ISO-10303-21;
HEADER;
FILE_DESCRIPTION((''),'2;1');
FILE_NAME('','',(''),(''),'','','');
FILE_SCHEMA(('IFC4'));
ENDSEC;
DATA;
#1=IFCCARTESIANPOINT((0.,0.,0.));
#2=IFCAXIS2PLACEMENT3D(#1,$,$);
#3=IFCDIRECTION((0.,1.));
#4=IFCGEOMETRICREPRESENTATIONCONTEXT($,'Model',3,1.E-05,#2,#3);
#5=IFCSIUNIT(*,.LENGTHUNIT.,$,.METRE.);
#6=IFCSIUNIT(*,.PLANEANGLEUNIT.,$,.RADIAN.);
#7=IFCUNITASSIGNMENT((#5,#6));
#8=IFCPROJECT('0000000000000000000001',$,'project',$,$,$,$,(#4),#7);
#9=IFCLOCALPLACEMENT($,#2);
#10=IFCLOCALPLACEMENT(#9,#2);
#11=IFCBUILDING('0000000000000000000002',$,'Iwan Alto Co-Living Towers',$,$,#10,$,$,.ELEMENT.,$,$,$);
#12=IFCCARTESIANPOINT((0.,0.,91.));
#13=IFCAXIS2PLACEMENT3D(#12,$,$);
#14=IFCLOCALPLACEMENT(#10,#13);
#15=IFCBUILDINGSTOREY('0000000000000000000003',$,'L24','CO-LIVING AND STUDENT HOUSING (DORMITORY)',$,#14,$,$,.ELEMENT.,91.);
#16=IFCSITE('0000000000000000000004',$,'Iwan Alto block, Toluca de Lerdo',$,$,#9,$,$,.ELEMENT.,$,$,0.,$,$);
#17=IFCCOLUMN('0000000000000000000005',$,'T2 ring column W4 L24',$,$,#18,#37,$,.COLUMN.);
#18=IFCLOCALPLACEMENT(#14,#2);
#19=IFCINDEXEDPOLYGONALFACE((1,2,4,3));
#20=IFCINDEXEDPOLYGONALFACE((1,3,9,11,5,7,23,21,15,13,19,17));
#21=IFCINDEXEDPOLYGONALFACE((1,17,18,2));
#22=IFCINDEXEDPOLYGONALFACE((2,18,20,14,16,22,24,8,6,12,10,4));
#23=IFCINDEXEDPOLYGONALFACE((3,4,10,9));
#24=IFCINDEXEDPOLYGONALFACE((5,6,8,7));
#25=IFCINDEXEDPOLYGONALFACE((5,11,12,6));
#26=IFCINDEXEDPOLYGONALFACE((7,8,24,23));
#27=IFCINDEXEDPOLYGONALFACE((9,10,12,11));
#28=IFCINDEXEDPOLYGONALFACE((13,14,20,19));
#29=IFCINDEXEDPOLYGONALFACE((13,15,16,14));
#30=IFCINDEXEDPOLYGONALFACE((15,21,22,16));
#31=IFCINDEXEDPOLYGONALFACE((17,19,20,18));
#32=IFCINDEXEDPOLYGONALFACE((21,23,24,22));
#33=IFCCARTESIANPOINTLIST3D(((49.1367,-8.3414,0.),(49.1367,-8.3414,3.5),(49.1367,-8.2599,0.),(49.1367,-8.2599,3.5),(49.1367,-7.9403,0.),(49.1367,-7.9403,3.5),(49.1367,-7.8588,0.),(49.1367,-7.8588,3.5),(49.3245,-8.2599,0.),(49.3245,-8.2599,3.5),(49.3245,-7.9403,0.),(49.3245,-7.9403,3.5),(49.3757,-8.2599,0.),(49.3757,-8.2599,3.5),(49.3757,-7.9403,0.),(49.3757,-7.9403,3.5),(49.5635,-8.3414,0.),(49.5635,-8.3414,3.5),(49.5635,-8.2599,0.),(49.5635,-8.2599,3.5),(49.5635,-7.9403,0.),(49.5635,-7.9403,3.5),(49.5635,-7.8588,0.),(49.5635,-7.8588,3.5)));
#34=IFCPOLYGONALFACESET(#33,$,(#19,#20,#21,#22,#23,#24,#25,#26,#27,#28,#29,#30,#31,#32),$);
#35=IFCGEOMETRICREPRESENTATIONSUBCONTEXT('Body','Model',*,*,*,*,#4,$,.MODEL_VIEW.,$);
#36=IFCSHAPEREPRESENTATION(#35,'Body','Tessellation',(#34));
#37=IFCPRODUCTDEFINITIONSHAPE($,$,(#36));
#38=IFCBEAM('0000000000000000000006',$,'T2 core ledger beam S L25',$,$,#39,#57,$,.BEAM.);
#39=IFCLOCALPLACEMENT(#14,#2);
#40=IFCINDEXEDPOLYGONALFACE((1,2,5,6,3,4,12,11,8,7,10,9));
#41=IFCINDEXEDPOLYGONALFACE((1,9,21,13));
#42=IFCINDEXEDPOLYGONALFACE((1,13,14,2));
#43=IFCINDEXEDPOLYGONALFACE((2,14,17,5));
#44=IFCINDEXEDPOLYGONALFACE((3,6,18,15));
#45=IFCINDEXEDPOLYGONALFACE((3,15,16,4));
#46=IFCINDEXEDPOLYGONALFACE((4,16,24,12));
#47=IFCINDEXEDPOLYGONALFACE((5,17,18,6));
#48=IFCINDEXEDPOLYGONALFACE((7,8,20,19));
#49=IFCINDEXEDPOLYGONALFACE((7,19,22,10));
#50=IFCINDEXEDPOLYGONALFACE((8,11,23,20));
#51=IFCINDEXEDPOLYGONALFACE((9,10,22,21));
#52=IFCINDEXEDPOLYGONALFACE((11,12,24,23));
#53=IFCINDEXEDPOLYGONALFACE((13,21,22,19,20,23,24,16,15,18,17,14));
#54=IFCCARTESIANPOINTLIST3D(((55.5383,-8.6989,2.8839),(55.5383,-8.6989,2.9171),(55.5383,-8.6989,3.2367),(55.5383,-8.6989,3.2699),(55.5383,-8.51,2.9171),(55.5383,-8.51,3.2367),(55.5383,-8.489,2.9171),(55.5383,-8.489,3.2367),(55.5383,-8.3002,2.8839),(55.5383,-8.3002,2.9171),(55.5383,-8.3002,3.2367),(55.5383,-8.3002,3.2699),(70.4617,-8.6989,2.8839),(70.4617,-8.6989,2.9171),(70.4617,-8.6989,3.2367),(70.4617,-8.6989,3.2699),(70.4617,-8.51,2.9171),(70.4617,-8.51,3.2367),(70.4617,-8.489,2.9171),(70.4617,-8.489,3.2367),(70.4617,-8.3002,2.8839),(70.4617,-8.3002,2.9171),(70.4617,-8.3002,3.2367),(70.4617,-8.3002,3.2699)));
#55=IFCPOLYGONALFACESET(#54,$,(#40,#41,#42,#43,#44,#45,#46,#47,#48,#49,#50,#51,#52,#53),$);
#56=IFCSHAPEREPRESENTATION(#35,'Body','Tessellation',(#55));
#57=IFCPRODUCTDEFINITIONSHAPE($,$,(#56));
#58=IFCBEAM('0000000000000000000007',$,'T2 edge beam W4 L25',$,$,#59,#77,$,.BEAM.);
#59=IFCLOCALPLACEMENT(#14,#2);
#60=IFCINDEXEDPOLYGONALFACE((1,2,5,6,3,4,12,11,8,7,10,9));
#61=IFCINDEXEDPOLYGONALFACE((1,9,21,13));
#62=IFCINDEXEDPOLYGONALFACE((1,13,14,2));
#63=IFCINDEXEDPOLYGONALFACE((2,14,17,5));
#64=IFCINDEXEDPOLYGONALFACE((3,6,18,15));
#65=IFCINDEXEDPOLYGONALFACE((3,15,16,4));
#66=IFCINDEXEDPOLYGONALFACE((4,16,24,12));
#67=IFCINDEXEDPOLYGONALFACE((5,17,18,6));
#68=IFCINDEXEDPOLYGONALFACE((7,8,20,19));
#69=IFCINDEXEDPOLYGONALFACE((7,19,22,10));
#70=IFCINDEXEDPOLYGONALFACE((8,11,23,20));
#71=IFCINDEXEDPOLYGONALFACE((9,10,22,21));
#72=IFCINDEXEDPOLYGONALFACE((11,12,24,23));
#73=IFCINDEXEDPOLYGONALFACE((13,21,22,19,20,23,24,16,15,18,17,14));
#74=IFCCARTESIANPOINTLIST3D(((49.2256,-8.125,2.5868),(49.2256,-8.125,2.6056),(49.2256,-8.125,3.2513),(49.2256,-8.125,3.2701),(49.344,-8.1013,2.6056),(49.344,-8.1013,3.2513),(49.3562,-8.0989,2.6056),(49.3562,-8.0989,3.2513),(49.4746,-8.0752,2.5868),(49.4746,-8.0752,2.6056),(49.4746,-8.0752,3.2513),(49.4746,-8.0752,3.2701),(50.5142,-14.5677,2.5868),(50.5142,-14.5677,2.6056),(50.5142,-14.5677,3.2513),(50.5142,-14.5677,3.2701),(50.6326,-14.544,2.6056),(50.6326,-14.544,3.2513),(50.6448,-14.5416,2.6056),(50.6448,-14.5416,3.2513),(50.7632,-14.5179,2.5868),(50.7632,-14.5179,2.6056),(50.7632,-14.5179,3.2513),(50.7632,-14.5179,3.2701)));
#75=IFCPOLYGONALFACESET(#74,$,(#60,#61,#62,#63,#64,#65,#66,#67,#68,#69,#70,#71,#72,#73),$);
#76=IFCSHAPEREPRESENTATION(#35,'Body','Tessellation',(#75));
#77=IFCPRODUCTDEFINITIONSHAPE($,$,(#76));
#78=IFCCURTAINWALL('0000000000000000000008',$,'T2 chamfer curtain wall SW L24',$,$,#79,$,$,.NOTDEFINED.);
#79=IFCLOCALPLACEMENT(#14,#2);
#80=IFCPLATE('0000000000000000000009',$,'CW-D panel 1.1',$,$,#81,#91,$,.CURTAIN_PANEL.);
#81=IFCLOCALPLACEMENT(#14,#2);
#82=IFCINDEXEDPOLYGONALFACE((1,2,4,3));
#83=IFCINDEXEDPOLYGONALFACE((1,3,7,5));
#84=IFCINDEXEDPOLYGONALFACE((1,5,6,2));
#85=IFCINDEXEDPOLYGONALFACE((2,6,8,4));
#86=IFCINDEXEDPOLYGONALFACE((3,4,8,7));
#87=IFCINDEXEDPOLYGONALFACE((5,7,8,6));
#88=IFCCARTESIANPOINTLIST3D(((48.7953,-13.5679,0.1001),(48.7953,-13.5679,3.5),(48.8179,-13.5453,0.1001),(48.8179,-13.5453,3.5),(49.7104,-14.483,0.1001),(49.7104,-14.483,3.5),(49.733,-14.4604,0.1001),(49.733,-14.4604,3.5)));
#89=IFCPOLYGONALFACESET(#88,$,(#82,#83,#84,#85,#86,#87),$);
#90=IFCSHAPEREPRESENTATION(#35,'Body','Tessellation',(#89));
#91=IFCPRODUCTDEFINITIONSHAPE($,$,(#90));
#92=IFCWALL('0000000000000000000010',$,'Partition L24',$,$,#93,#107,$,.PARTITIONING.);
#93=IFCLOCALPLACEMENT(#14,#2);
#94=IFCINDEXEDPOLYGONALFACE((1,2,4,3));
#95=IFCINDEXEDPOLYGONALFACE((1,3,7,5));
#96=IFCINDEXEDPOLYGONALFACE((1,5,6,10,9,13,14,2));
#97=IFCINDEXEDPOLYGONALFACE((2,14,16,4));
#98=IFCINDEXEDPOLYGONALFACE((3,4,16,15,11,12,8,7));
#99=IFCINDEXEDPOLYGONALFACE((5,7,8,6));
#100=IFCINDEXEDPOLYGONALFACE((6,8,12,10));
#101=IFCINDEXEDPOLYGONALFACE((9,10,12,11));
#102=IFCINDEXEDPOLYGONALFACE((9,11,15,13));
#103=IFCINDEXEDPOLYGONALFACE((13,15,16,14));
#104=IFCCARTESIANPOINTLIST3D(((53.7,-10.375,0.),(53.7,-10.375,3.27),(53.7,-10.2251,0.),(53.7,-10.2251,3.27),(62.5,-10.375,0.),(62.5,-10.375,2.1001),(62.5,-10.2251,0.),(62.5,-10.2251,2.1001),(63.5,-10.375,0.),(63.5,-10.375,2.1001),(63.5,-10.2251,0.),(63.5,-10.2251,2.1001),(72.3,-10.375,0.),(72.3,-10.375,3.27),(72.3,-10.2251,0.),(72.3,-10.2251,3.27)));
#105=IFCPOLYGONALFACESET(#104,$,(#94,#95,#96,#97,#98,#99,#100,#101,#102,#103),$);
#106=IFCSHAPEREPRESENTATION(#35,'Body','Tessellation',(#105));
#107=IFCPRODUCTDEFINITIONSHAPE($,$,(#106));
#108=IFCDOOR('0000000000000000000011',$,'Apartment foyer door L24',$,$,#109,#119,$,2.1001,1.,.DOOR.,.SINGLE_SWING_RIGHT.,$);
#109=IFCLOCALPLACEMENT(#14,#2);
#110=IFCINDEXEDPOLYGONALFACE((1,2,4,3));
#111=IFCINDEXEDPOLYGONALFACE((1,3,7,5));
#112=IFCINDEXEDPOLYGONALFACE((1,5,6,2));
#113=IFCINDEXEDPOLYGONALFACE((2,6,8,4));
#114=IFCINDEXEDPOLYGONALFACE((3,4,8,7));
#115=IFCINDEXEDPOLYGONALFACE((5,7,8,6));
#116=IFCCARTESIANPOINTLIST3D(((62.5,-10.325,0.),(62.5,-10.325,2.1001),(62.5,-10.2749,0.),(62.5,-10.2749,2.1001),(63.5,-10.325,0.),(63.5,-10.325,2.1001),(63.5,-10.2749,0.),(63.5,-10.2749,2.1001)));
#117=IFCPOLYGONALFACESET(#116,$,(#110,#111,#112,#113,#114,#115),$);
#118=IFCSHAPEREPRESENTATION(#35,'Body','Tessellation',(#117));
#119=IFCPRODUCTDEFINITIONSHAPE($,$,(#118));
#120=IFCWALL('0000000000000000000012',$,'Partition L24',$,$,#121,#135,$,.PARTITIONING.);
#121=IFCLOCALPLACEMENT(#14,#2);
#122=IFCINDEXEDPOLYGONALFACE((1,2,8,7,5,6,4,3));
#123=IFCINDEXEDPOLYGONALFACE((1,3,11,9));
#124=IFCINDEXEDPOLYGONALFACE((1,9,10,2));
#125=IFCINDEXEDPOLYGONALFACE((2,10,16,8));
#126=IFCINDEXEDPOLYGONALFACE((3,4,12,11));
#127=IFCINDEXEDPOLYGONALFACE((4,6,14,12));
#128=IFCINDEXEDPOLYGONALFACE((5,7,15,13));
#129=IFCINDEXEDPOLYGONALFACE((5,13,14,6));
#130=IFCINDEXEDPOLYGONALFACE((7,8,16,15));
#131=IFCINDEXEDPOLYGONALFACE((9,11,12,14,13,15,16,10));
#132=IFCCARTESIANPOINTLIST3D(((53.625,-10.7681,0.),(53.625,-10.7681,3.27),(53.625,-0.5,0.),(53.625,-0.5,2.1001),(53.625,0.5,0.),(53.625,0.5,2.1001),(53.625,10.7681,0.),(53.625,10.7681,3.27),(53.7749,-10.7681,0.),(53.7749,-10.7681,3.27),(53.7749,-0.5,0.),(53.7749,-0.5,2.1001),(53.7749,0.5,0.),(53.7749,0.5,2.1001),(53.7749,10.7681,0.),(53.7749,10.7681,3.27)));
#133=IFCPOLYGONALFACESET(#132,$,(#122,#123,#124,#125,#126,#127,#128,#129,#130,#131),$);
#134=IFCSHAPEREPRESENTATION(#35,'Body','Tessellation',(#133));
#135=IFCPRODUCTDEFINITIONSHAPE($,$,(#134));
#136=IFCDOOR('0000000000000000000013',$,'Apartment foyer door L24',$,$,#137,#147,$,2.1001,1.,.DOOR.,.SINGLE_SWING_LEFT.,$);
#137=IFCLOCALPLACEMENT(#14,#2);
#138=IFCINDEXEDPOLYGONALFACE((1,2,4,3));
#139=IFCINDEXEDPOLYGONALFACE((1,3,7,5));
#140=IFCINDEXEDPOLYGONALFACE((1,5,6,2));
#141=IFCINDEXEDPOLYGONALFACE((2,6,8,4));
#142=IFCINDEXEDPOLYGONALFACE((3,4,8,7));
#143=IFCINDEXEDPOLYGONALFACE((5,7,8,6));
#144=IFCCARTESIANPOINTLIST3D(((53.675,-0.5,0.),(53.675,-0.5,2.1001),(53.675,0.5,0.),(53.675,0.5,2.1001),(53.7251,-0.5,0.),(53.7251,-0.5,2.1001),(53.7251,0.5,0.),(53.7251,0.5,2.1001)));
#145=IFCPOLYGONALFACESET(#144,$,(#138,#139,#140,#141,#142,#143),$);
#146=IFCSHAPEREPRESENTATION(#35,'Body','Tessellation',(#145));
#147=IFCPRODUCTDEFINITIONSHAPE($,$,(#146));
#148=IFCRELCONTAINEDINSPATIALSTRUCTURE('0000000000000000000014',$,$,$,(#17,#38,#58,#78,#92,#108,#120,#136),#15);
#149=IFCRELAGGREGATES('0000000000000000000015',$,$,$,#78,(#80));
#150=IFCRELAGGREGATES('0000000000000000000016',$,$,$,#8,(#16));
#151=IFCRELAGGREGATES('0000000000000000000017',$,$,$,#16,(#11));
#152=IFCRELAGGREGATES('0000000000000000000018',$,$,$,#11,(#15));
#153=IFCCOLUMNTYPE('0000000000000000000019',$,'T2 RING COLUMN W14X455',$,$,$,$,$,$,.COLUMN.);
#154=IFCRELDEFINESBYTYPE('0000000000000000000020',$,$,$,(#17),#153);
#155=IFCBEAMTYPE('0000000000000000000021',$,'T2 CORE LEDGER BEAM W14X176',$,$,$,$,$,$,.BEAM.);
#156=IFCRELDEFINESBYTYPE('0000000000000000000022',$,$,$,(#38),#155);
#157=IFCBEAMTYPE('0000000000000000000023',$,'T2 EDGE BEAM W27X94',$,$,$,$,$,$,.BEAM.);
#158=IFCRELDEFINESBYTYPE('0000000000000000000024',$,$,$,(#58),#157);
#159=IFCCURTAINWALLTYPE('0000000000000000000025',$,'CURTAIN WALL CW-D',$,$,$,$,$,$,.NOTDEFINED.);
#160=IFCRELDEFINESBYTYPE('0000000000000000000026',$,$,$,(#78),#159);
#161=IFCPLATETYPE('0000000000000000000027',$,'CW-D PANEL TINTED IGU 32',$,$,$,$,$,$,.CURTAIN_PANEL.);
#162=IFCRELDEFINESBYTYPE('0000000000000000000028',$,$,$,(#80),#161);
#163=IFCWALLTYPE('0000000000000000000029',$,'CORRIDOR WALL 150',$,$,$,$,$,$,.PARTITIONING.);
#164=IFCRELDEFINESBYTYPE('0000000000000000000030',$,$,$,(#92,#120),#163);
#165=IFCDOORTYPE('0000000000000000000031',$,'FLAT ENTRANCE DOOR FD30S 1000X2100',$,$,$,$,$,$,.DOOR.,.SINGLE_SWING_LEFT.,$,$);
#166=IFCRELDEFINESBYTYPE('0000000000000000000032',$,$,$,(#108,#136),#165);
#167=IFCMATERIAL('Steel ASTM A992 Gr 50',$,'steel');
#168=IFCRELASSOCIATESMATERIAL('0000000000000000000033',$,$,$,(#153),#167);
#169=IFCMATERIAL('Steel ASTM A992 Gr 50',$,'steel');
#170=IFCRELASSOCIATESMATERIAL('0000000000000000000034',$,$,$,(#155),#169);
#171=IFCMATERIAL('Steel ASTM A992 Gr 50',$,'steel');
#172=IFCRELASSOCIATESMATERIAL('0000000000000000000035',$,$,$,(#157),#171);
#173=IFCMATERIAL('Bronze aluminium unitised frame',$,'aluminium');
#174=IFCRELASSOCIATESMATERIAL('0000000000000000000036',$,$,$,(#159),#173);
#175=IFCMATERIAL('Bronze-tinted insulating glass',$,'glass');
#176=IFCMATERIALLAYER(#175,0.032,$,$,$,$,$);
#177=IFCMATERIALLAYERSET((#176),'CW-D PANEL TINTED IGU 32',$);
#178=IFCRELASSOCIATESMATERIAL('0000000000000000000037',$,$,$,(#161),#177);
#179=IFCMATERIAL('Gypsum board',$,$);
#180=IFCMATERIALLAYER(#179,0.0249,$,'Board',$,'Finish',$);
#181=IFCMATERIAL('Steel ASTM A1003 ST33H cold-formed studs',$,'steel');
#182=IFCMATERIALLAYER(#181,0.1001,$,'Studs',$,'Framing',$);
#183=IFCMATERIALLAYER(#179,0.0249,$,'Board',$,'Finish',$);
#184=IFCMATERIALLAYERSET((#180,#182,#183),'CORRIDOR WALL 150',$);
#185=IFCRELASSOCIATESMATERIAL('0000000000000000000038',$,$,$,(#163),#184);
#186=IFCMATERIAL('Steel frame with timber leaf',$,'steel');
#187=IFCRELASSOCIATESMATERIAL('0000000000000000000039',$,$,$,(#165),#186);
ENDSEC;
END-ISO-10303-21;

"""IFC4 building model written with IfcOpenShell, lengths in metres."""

from ifc_helpers import new_model, si_unit, direction, frame, frame_2d, origin, origin_2d, place, context, subcontext, project, spatial, rectangle, i_section, extrude, material, layer, layer_set, material_profile, profile_set, type_object, element, fill, aggregate, save


model = new_model("IFC4")

# Units and contexts
model_context = context("Model", 3, precision=1e-05, world=origin(), true_north=direction((0.0, 1.0)))
body_context = subcontext(model_context, "Body", "Model", "MODEL_VIEW")
ifc_project = project(units=[si_unit("LENGTHUNIT", "METRE"), si_unit("PLANEANGLEUNIT", "RADIAN")], contexts=[model_context])

# Site, building, storey
site_placement = place(None, origin())
site = spatial("IfcSite", under=ifc_project, at=site_placement, Name="Iwan Alto block, Toluca de Lerdo", CompositionType="ELEMENT", RefElevation=0.0)
building_placement = place(site_placement, origin())
building = spatial("IfcBuilding", under=site, at=building_placement, Name="Iwan Alto Co-Living Towers", CompositionType="ELEMENT")
storey_placement = place(building_placement, frame((0.0, 0.0, 91.0)))
storey = spatial("IfcBuildingStorey", under=building, at=storey_placement, Name="L24", Description="CO-LIVING AND STUDENT HOUSING (DORMITORY)", CompositionType="ELEMENT", Elevation=91.0)

# Column
ifc_material_1 = material(Name="Steel ASTM A992 Gr 50", Category="steel")
ifc_material_profile_1 = material_profile(ifc_material_1, i_section(OverallWidth=0.4268, OverallDepth=0.4827, WebThickness=0.0513, FlangeThickness=0.0815, at=origin_2d()), Name="W14X455")
ifc_profile_set_1 = profile_set([ifc_material_profile_1], Name="Steel ASTM A992 Gr 50")
column_type = type_object("IfcColumnType", Name="T2 RING COLUMN W14X455", PredefinedType="COLUMN", material=ifc_profile_set_1)
column_placement = place(storey_placement, frame((49.3501, -8.1001, 0.0), z_axis=(0.0, 0.0, 1.0), x_axis=(1.0, 0.0, 0.0)))
element("IfcColumn", 1, at=column_placement, inside=storey, type_object=column_type, Name="T2 ring column W4 L24", PredefinedType="COLUMN", context=body_context, shape_type="SweptSolid", body=[
    extrude(i_section(OverallWidth=0.4268, OverallDepth=0.4827, WebThickness=0.0513, FlangeThickness=0.0815, at=origin_2d()), origin(), (0.0, 0.0, 1.0), 3.5),
])

# Beams
ifc_material_2 = material(Name="Steel ASTM A992 Gr 50", Category="steel")
ifc_material_profile_2 = material_profile(ifc_material_2, i_section(OverallWidth=0.3987, OverallDepth=0.386, WebThickness=0.021, FlangeThickness=0.0332, at=origin_2d()), Name="W14X176")
ifc_profile_set_2 = profile_set([ifc_material_profile_2], Name="Steel ASTM A992 Gr 50")
beam_type_1 = type_object("IfcBeamType", Name="T2 CORE LEDGER BEAM W14X176", PredefinedType="BEAM", material=ifc_profile_set_2)
beam_1_placement = place(storey_placement, frame((55.5383, -8.4995, 3.0769), z_axis=(1.0, 0.0, 0.0), x_axis=(0.0, 1.0, 0.0)))
element("IfcBeam", 2, at=beam_1_placement, inside=storey, type_object=beam_type_1, Name="T2 core ledger beam S L25", PredefinedType="BEAM", context=body_context, shape_type="SweptSolid", body=[
    extrude(i_section(OverallWidth=0.3987, OverallDepth=0.386, WebThickness=0.021, FlangeThickness=0.0332, at=origin_2d()), origin(), (0.0, 0.0, 1.0), 14.9233),
])
ifc_material_3 = material(Name="Steel ASTM A992 Gr 50", Category="steel")
ifc_material_profile_3 = material_profile(ifc_material_3, i_section(OverallWidth=0.2539, OverallDepth=0.6833, WebThickness=0.0125, FlangeThickness=0.0188, at=origin_2d()), Name="W27X94")
ifc_profile_set_3 = profile_set([ifc_material_profile_3], Name="Steel ASTM A992 Gr 50")
beam_type_2 = type_object("IfcBeamType", Name="T2 EDGE BEAM W27X94", PredefinedType="BEAM", material=ifc_profile_set_3)
beam_2_placement = place(storey_placement, frame((49.3501, -8.1001, 2.9285), z_axis=(0.196123, -0.980579, 0.0), x_axis=(0.980579, 0.196123, 0.0)))
element("IfcBeam", 3, at=beam_2_placement, inside=storey, type_object=beam_type_2, Name="T2 edge beam W4 L25", PredefinedType="BEAM", context=body_context, shape_type="SweptSolid", body=[
    extrude(i_section(OverallWidth=0.2539, OverallDepth=0.6833, WebThickness=0.0125, FlangeThickness=0.0188, at=origin_2d()), origin(), (0.0, 0.0, 1.0), 6.5703),
])

# Curtain wall, plate
ifc_material_4 = material(Name="Bronze aluminium unitised frame", Category="aluminium")
curtain_wall_type = type_object("IfcCurtainWallType", Name="CURTAIN WALL CW-D", PredefinedType="NOTDEFINED", material=ifc_material_4)
curtain_wall_placement = place(storey_placement, origin())
curtain_wall = element("IfcCurtainWall", 4, at=curtain_wall_placement, inside=storey, type_object=curtain_wall_type, Name="T2 chamfer curtain wall SW L24", PredefinedType="NOTDEFINED")
ifc_material_5 = material(Name="Bronze-tinted insulating glass", Category="glass")
ifc_layer_1 = layer(ifc_material_5, 0.032)
ifc_layer_set_1 = layer_set([ifc_layer_1], Name="CW-D PANEL TINTED IGU 32")
plate_type = type_object("IfcPlateType", Name="CW-D PANEL TINTED IGU 32", PredefinedType="CURTAIN_PANEL", material=ifc_layer_set_1)
plate_placement = place(storey_placement, frame((49.2642, -14.0142, 0.1001), z_axis=(0.0, 0.0, 1.0), x_axis=(0.707107, -0.707107, 0.0)))
plate = element("IfcPlate", 5, at=plate_placement, type_object=plate_type, Name="CW-D panel 1.1", PredefinedType="CURTAIN_PANEL", context=body_context, shape_type="SweptSolid", body=[
    extrude(rectangle(XDim=1.2942, YDim=0.032, at=origin_2d()), origin(), (0.0, 0.0, 1.0), 3.3999),
])
aggregate(curtain_wall, [plate])

# Walls, openings, doors
ifc_material_6 = material(Name="Gypsum board")
ifc_layer_2 = layer(ifc_material_6, 0.0249, Name="Board", Category="Finish")
ifc_material_7 = material(Name="Steel ASTM A1003 ST33H cold-formed studs", Category="steel")
ifc_layer_3 = layer(ifc_material_7, 0.1001, Name="Studs", Category="Framing")
ifc_layer_4 = layer(ifc_material_6, 0.0249, Name="Board", Category="Finish")
ifc_layer_set_2 = layer_set([ifc_layer_2, ifc_layer_3, ifc_layer_4], Name="CORRIDOR WALL 150")
wall_type_1 = type_object("IfcWallType", Name="CORRIDOR WALL 150", PredefinedType="PARTITIONING", material=ifc_layer_set_2)
wall_1_placement = place(storey_placement, frame((53.7, -10.3, 0.0), z_axis=(0.0, 0.0, 1.0), x_axis=(1.0, 0.0, 0.0)))
wall_1 = element("IfcWall", 6, at=wall_1_placement, inside=storey, type_object=wall_type_1, Name="Partition L24", PredefinedType="PARTITIONING", context=body_context, shape_type="SweptSolid", body=[
    extrude(rectangle(XDim=18.6001, YDim=0.1499, at=frame_2d((9.3, 0.0))), origin(), (0.0, 0.0, 1.0), 3.27),
])
opening_1_placement = place(wall_1_placement, frame((8.8, 0.0, 0.0)))
opening_1 = element("IfcOpeningElement", 7, at=opening_1_placement, cuts=wall_1, PredefinedType="OPENING", context=body_context, shape_type="SweptSolid", body=[
    extrude(rectangle(XDim=1.0, YDim=2.1001, at=frame_2d((0.5, 1.05))), frame((0.0, 0.085, 0.0), z_axis=(0.0, -1.0, 0.0), x_axis=(1.0, 0.0, 0.0)), (0.0, 0.0, 1.0), 0.1699),
])
ifc_material_8 = material(Name="Steel frame with timber leaf", Category="steel")
door_type_1 = type_object("IfcDoorType", Name="FLAT ENTRANCE DOOR FD30S 1000X2100", OperationType="SINGLE_SWING_LEFT", PredefinedType="DOOR", material=ifc_material_8)
door_1_placement = place(opening_1_placement, frame((1.0, 0.0, 0.0), z_axis=(0.0, 0.0, 1.0), x_axis=(-1.0, 0.0, 0.0)))
door_1 = element("IfcDoor", 8, at=door_1_placement, inside=storey, type_object=door_type_1, Name="Apartment foyer door L24", OperationType="SINGLE_SWING_RIGHT", OverallHeight=2.1001, OverallWidth=1.0, PredefinedType="DOOR", context=body_context, shape_type="SweptSolid", body=[
    extrude(rectangle(XDim=1.0, YDim=2.1001, at=frame_2d((0.5, 1.05))), frame((0.0, 0.0249, 0.0), z_axis=(0.0, -1.0, 0.0), x_axis=(1.0, 0.0, 0.0)), (0.0, 0.0, 1.0), 0.05),
])
fill(opening_1, door_1)
wall_2_placement = place(storey_placement, frame((53.7, -10.7681, 0.0), z_axis=(0.0, 0.0, 1.0), x_axis=(0.0, 1.0, 0.0)))
wall_2 = element("IfcWall", 9, at=wall_2_placement, inside=storey, type_object=wall_type_1, Name="Partition L24", PredefinedType="PARTITIONING", context=body_context, shape_type="SweptSolid", body=[
    extrude(rectangle(XDim=21.5361, YDim=0.1499, at=frame_2d((10.7681, 0.0))), origin(), (0.0, 0.0, 1.0), 3.27),
])
opening_2_placement = place(wall_2_placement, frame((10.2681, 0.0, 0.0)))
opening_2 = element("IfcOpeningElement", 10, at=opening_2_placement, cuts=wall_2, PredefinedType="OPENING", context=body_context, shape_type="SweptSolid", body=[
    extrude(rectangle(XDim=1.0, YDim=2.1001, at=frame_2d((0.5, 1.05))), frame((0.0, 0.085, 0.0), z_axis=(0.0, -1.0, 0.0), x_axis=(1.0, 0.0, 0.0)), (0.0, 0.0, 1.0), 0.1699),
])
door_2_placement = place(opening_2_placement, origin())
door_2 = element("IfcDoor", 11, at=door_2_placement, inside=storey, type_object=door_type_1, Name="Apartment foyer door L24", OperationType="SINGLE_SWING_LEFT", OverallHeight=2.1001, OverallWidth=1.0, PredefinedType="DOOR", context=body_context, shape_type="SweptSolid", body=[
    extrude(rectangle(XDim=1.0, YDim=2.1001, at=frame_2d((0.5, 1.05))), frame((0.0, 0.0249, 0.0), z_axis=(0.0, -1.0, 0.0), x_axis=(1.0, 0.0, 0.0)), (0.0, 0.0, 1.0), 0.05),
])
fill(opening_2, door_2)

save(model, "model.ifc")
